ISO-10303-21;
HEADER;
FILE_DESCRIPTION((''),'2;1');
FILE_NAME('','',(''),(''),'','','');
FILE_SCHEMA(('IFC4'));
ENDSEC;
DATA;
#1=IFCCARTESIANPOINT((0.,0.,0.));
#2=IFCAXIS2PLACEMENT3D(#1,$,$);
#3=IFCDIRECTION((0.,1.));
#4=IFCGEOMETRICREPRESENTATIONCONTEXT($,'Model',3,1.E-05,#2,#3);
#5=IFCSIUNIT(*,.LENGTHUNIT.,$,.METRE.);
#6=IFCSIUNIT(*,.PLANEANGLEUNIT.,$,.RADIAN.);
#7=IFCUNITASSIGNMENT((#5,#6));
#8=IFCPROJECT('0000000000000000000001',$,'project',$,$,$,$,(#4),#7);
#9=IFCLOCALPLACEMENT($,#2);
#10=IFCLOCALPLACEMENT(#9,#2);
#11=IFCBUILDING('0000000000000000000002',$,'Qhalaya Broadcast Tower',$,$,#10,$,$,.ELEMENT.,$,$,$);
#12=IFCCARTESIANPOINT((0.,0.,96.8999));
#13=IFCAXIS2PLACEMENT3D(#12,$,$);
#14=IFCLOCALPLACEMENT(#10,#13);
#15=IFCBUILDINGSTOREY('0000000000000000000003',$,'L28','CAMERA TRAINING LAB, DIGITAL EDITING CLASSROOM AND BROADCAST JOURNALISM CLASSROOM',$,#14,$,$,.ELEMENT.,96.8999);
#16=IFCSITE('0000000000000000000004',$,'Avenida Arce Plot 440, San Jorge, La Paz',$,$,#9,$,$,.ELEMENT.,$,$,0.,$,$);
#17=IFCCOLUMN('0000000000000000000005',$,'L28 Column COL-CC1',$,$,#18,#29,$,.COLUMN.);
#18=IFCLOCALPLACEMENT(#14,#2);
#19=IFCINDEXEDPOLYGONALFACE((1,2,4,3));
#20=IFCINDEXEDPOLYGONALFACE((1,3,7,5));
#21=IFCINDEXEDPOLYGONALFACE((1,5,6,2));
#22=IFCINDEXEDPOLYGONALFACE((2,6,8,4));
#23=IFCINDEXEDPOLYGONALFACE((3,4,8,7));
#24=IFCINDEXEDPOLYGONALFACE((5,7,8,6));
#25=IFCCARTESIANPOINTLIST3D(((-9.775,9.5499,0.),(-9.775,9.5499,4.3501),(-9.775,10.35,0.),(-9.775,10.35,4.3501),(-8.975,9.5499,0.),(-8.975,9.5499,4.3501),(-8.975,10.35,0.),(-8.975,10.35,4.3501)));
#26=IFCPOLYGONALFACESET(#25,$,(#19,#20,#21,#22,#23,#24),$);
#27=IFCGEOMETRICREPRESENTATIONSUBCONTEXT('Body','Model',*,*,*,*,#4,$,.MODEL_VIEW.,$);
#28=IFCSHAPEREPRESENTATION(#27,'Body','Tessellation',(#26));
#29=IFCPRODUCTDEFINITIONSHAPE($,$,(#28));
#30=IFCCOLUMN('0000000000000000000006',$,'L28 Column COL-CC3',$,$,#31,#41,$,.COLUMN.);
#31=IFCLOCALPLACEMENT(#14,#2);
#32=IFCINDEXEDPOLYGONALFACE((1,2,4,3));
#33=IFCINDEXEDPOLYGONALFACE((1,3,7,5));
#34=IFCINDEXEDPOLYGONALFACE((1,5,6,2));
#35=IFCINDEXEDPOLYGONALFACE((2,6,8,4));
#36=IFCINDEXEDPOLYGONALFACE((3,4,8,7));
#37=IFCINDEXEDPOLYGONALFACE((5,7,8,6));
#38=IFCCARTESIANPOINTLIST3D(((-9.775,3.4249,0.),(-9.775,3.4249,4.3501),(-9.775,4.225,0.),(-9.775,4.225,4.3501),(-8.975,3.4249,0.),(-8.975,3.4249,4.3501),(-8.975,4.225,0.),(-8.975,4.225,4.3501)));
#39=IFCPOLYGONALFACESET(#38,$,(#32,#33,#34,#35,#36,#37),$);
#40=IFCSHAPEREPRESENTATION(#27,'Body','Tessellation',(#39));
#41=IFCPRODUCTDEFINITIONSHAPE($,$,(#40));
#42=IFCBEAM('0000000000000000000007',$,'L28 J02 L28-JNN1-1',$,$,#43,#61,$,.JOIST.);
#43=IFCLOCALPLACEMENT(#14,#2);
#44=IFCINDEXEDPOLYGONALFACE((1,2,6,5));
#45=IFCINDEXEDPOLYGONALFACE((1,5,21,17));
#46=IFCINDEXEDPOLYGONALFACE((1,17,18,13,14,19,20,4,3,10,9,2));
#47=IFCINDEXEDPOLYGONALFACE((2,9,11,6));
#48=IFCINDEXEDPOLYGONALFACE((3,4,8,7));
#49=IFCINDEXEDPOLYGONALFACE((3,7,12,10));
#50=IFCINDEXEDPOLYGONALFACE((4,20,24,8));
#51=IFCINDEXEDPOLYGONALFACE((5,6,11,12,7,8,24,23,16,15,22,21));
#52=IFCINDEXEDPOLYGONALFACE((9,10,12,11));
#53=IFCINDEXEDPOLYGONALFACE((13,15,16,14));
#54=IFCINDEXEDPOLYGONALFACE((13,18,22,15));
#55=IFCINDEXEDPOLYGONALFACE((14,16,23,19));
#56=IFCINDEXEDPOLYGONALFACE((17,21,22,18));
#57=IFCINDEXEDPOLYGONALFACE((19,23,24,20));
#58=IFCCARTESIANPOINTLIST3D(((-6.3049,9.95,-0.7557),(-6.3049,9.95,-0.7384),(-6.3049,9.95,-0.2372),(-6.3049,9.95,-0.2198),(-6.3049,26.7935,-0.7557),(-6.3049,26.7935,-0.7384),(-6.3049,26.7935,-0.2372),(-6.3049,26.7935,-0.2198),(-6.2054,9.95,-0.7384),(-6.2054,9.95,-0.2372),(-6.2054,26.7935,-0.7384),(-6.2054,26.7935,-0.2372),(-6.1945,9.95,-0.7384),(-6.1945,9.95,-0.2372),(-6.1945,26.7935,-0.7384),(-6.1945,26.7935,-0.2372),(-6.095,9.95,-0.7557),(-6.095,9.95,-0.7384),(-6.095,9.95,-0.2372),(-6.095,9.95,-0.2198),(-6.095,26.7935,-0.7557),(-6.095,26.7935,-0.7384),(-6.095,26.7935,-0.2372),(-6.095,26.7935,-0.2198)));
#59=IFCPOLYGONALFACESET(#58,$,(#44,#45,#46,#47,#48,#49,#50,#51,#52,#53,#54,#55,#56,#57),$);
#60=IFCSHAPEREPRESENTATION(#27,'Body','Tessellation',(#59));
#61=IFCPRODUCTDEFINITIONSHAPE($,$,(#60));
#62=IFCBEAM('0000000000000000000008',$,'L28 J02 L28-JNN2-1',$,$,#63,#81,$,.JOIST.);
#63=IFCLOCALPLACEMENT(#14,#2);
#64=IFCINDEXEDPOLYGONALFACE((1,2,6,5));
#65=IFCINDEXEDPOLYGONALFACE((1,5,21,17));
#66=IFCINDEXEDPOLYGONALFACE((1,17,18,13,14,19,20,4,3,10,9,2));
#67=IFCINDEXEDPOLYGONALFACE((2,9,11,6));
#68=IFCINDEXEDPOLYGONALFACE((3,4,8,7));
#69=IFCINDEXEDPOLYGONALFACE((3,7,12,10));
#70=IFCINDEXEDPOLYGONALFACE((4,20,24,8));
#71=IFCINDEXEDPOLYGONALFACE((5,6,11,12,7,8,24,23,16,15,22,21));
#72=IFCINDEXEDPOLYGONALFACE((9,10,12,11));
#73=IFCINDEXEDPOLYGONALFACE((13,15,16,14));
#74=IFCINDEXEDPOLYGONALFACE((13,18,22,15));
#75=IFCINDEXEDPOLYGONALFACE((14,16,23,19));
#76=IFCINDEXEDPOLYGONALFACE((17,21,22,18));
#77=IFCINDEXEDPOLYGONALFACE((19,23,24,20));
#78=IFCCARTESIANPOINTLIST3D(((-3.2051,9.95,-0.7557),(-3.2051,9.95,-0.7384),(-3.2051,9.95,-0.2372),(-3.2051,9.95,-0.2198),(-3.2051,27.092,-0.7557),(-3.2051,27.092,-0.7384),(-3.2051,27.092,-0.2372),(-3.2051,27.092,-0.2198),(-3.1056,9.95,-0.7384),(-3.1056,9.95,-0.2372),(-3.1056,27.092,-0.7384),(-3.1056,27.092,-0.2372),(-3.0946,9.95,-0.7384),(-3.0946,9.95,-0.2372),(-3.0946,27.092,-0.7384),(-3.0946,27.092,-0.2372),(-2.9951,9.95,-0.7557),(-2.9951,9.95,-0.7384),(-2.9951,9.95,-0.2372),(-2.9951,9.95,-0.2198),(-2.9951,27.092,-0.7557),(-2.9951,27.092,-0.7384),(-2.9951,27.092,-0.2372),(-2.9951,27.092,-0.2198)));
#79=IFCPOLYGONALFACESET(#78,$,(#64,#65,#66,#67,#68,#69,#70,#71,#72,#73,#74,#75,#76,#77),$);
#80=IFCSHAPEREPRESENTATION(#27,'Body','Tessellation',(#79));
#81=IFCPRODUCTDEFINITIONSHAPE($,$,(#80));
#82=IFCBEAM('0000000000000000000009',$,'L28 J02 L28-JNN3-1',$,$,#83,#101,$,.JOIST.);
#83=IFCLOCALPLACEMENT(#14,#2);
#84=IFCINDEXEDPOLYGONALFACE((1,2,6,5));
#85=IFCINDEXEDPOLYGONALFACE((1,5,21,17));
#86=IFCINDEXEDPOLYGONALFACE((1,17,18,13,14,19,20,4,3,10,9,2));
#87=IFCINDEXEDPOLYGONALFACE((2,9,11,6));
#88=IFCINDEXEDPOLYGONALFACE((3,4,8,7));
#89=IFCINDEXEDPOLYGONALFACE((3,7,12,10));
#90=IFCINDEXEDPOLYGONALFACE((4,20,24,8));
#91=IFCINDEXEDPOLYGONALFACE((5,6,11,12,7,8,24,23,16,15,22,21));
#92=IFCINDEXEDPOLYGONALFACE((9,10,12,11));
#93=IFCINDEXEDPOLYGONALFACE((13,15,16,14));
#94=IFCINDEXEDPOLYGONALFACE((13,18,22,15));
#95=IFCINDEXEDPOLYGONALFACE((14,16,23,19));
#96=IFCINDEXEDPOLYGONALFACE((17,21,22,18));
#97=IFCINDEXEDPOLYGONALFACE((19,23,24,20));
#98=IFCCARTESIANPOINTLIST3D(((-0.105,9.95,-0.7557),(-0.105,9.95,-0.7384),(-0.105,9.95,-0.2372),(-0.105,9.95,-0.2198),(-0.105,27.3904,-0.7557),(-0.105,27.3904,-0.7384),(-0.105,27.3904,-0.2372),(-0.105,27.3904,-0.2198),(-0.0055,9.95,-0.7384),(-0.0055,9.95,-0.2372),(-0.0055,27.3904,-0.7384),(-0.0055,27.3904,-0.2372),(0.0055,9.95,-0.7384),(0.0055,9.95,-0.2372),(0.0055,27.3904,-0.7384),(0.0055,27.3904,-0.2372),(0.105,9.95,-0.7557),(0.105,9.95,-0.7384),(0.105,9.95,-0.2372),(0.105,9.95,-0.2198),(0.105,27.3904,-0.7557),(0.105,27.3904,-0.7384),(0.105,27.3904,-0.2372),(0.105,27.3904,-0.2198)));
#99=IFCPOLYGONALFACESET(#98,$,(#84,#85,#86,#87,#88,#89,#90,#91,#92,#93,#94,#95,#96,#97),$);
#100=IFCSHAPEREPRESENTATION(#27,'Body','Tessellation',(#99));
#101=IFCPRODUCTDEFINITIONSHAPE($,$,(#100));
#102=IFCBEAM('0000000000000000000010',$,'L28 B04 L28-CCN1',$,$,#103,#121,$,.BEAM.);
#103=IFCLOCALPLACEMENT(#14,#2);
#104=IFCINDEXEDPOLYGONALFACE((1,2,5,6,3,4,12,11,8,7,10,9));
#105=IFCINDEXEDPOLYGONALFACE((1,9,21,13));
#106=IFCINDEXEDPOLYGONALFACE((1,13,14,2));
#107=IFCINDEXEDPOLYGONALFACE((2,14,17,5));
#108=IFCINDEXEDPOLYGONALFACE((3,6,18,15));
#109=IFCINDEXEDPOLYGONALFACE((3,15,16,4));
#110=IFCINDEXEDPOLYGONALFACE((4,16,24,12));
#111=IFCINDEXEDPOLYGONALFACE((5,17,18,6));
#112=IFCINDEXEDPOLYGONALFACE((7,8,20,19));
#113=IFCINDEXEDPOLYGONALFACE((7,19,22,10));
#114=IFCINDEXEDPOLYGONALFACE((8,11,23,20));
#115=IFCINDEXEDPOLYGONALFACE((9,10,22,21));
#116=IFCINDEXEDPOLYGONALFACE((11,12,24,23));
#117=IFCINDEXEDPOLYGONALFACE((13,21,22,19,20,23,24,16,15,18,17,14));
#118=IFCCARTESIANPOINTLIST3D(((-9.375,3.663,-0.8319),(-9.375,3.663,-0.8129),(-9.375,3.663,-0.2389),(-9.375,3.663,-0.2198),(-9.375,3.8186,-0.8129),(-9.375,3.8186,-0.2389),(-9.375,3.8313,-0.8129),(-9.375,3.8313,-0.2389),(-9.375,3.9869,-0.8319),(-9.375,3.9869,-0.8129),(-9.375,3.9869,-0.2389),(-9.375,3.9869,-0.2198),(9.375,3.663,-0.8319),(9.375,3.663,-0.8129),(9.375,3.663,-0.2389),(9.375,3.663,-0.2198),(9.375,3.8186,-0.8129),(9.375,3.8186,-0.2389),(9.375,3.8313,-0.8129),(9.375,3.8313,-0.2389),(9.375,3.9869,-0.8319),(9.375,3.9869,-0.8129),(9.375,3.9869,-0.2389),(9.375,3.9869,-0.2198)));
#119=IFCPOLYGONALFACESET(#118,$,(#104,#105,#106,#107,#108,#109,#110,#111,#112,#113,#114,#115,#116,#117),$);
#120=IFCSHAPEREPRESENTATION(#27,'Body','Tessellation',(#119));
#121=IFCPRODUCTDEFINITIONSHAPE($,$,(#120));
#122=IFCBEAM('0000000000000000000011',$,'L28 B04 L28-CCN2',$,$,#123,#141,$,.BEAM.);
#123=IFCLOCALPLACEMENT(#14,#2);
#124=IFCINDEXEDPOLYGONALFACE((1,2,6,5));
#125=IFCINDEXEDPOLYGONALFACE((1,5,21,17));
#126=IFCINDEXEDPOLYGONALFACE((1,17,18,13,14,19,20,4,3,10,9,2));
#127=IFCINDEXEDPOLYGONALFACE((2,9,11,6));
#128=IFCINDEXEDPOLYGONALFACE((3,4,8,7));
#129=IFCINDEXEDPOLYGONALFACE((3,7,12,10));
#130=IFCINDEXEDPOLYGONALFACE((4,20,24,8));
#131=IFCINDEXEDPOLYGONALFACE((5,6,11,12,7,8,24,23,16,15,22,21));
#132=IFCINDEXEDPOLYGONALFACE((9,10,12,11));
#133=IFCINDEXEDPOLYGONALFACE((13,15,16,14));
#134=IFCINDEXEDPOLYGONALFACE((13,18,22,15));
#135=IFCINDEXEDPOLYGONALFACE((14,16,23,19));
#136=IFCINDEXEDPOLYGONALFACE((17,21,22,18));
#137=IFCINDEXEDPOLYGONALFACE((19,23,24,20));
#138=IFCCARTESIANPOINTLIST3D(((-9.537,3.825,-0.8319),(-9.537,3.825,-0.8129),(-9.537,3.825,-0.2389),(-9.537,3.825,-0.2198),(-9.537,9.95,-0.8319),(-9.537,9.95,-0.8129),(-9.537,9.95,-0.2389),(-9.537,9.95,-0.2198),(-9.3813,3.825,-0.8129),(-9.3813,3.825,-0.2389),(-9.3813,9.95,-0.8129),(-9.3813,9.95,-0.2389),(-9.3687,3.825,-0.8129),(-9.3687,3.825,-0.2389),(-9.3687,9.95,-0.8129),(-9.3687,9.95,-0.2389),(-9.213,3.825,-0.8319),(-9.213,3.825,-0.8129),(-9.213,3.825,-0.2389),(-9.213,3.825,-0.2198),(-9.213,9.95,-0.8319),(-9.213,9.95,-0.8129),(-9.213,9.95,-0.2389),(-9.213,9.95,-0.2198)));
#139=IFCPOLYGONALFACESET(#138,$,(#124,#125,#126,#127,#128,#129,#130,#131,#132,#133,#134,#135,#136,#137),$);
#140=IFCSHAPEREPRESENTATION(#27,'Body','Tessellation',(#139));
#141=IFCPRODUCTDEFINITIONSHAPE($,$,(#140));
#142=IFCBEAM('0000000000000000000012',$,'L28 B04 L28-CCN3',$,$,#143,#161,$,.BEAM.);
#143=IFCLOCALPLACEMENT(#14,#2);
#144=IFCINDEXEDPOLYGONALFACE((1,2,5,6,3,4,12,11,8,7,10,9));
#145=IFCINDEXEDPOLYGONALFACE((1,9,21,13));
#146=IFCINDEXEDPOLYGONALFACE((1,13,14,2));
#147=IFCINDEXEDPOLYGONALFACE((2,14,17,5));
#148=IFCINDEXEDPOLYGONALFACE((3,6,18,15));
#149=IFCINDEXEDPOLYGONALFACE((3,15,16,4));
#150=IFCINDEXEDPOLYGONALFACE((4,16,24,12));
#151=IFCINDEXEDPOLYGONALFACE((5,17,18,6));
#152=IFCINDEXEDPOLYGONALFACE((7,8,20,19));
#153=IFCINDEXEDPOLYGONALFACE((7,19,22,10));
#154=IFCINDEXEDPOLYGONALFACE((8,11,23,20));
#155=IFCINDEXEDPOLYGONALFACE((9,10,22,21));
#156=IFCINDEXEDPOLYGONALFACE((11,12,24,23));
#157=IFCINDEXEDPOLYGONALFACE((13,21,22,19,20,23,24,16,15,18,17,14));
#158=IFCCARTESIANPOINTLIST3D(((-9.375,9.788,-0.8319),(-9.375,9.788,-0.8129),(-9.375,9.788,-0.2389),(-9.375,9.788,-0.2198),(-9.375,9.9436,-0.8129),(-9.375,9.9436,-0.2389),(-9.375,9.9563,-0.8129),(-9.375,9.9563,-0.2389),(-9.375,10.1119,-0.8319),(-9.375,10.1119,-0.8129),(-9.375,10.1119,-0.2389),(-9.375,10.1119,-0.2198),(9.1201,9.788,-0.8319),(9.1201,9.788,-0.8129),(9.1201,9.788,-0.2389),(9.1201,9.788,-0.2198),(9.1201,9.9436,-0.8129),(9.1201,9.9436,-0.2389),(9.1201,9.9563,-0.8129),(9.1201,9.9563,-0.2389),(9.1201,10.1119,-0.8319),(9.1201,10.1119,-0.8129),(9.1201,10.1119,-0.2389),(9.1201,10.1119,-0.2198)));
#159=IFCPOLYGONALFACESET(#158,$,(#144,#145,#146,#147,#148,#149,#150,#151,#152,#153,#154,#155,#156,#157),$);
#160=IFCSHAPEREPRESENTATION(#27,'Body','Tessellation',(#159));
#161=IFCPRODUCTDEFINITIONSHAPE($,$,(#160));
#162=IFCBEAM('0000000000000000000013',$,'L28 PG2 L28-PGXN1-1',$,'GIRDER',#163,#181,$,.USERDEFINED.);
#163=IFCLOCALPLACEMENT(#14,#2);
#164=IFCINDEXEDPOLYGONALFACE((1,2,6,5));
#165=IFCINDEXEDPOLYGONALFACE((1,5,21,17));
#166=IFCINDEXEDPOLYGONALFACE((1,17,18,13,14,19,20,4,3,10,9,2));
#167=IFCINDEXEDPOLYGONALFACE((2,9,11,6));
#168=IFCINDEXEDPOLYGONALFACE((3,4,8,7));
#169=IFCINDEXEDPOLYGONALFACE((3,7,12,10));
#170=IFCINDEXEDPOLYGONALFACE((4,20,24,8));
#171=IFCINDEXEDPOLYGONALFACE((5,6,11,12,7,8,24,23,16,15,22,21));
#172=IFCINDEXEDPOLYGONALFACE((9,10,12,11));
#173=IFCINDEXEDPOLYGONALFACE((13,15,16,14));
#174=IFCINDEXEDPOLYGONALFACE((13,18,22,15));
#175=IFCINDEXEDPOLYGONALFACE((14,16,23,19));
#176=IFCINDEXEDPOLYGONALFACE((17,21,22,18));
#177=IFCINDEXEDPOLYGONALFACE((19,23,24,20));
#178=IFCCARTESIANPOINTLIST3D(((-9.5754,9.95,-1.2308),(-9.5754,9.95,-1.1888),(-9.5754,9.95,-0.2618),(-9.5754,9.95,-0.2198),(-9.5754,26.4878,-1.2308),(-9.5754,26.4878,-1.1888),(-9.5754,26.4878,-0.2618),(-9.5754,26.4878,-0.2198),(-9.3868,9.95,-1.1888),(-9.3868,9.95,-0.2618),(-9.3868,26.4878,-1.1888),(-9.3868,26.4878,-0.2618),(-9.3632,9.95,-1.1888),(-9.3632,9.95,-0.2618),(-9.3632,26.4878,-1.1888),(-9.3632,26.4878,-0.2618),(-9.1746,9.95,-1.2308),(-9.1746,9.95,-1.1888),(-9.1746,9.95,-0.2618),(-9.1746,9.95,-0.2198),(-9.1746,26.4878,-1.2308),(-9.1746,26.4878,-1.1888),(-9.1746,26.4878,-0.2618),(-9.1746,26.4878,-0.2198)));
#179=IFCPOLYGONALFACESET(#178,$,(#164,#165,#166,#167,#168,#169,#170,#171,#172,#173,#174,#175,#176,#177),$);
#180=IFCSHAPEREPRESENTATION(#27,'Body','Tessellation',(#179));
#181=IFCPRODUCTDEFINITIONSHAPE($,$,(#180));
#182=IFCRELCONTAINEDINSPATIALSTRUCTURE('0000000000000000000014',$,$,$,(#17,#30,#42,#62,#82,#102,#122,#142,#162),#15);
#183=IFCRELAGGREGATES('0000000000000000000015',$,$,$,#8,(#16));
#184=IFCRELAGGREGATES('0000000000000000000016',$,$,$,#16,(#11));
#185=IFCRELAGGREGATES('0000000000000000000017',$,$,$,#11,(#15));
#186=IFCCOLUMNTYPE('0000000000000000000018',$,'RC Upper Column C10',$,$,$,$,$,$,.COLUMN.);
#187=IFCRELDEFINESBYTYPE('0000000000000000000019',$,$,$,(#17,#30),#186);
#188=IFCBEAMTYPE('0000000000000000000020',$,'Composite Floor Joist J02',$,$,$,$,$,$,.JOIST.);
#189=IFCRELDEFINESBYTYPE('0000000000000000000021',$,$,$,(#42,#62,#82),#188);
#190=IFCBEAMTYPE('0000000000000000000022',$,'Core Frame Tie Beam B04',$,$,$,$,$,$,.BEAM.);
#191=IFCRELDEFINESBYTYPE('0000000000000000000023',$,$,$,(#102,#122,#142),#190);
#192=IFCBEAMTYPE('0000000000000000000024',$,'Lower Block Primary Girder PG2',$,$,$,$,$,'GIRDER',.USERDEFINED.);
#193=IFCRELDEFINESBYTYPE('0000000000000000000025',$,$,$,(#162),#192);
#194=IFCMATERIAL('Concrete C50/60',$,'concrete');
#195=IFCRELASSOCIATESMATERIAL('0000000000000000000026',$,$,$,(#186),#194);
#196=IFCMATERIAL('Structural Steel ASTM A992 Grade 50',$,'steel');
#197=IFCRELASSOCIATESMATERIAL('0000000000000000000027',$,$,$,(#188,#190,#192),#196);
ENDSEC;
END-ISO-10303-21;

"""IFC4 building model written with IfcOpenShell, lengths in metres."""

from ifc_helpers import new_model, si_unit, direction, frame, origin, origin_2d, place, context, subcontext, project, spatial, rectangle, i_section, extrude, material, material_profile, profile_set, type_object, element, save


model = new_model("IFC4")

# Units and contexts
model_context = context("Model", 3, precision=1e-05, world=origin(), true_north=direction((0.0, 1.0)))
body_context = subcontext(model_context, "Body", "Model", "MODEL_VIEW")
ifc_project = project(units=[si_unit("LENGTHUNIT", "METRE"), si_unit("PLANEANGLEUNIT", "RADIAN")], contexts=[model_context])

# Site, building, storey
site_placement = place(None, origin())
site = spatial("IfcSite", under=ifc_project, at=site_placement, Name="Avenida Arce Plot 440, San Jorge, La Paz", CompositionType="ELEMENT", RefElevation=0.0)
building_placement = place(site_placement, origin())
building = spatial("IfcBuilding", under=site, at=building_placement, Name="Qhalaya Broadcast Tower", CompositionType="ELEMENT")
storey_placement = place(building_placement, frame((0.0, 0.0, 96.8999)))
storey = spatial("IfcBuildingStorey", under=building, at=storey_placement, Name="L28", Description="CAMERA TRAINING LAB, DIGITAL EDITING CLASSROOM AND BROADCAST JOURNALISM CLASSROOM", CompositionType="ELEMENT", Elevation=96.8999)

# Columns
ifc_material_1 = material(Name="Concrete C50/60", Category="concrete")
ifc_material_profile_1 = material_profile(ifc_material_1, rectangle(XDim=0.8, YDim=0.8, at=origin_2d()), Name="RC-COL 800x800")
ifc_profile_set_1 = profile_set([ifc_material_profile_1], Name="Concrete C50/60")
column_type = type_object("IfcColumnType", Name="RC Upper Column C10", PredefinedType="COLUMN", material=ifc_profile_set_1)
for number, where, z_axis, x_axis, name in (
    (1, (-9.375, 9.95, 0.0), (0.0, 0.0, 1.0), (1.0, 0.0, 0.0), "L28 Column COL-CC1"),
    (2, (-9.375, 3.825, 0.0), (0.0, 0.0, 1.0), (1.0, 0.0, 0.0), "L28 Column COL-CC3"),
):
    element("IfcColumn", number, at=place(storey_placement, frame(where, z_axis=z_axis, x_axis=x_axis)), inside=storey, type_object=column_type, Name=name, PredefinedType="COLUMN", context=body_context, shape_type="SweptSolid", body=[
        extrude(rectangle(XDim=0.8, YDim=0.8, at=origin_2d()), origin(), (0.0, 0.0, 1.0), 4.3501),
    ])

# Beams
ifc_material_2 = material(Name="Structural Steel ASTM A992 Grade 50", Category="steel")
ifc_material_profile_2 = material_profile(ifc_material_2, i_section(OverallWidth=0.21, OverallDepth=0.5359, WebThickness=0.011, FlangeThickness=0.0173, at=origin_2d()), Name="W21X68")
ifc_profile_set_2 = profile_set([ifc_material_profile_2], Name="Structural Steel ASTM A992 Grade 50")
beam_type_1 = type_object("IfcBeamType", Name="Composite Floor Joist J02", PredefinedType="JOIST", material=ifc_profile_set_2)
beam_1_placement = place(storey_placement, frame((-6.2, 9.95, -0.4878), z_axis=(0.0, 1.0, 0.0), x_axis=(-1.0, 0.0, 0.0)))
element("IfcBeam", 3, at=beam_1_placement, inside=storey, type_object=beam_type_1, Name="L28 J02 L28-JNN1-1", PredefinedType="JOIST", context=body_context, shape_type="SweptSolid", body=[
    extrude(i_section(OverallWidth=0.21, OverallDepth=0.5359, WebThickness=0.011, FlangeThickness=0.0173, at=origin_2d()), origin(), (0.0, 0.0, 1.0), 16.8435),
])
beam_2_placement = place(storey_placement, frame((-3.1001, 9.95, -0.4878), z_axis=(0.0, 1.0, 0.0), x_axis=(-1.0, 0.0, 0.0)))
element("IfcBeam", 4, at=beam_2_placement, inside=storey, type_object=beam_type_1, Name="L28 J02 L28-JNN2-1", PredefinedType="JOIST", context=body_context, shape_type="SweptSolid", body=[
    extrude(i_section(OverallWidth=0.21, OverallDepth=0.5359, WebThickness=0.011, FlangeThickness=0.0173, at=origin_2d()), origin(), (0.0, 0.0, 1.0), 17.1421),
])
beam_3_placement = place(storey_placement, frame((0.0, 9.95, -0.4878), z_axis=(0.0, 1.0, 0.0), x_axis=(-1.0, 0.0, 0.0)))
element("IfcBeam", 5, at=beam_3_placement, inside=storey, type_object=beam_type_1, Name="L28 J02 L28-JNN3-1", PredefinedType="JOIST", context=body_context, shape_type="SweptSolid", body=[
    extrude(i_section(OverallWidth=0.21, OverallDepth=0.5359, WebThickness=0.011, FlangeThickness=0.0173, at=origin_2d()), origin(), (0.0, 0.0, 1.0), 17.4404),
])
ifc_material_profile_3 = material_profile(ifc_material_2, i_section(OverallWidth=0.324, OverallDepth=0.6121, WebThickness=0.0127, FlangeThickness=0.019, at=origin_2d()), Name="W24X104")
ifc_profile_set_3 = profile_set([ifc_material_profile_3], Name="Structural Steel ASTM A992 Grade 50")
beam_type_2 = type_object("IfcBeamType", Name="Core Frame Tie Beam B04", PredefinedType="BEAM", material=ifc_profile_set_3)
beam_4_placement = place(storey_placement, frame((-9.375, 3.825, -0.5259), z_axis=(1.0, 0.0, 0.0), x_axis=(0.0, 1.0, 0.0)))
element("IfcBeam", 6, at=beam_4_placement, inside=storey, type_object=beam_type_2, Name="L28 B04 L28-CCN1", PredefinedType="BEAM", context=body_context, shape_type="SweptSolid", body=[
    extrude(i_section(OverallWidth=0.324, OverallDepth=0.6121, WebThickness=0.0127, FlangeThickness=0.019, at=origin_2d()), origin(), (0.0, 0.0, 1.0), 18.75),
])
beam_5_placement = place(storey_placement, frame((-9.375, 3.825, -0.5259), z_axis=(0.0, 1.0, 0.0), x_axis=(-1.0, 0.0, 0.0)))
element("IfcBeam", 7, at=beam_5_placement, inside=storey, type_object=beam_type_2, Name="L28 B04 L28-CCN2", PredefinedType="BEAM", context=body_context, shape_type="SweptSolid", body=[
    extrude(i_section(OverallWidth=0.324, OverallDepth=0.6121, WebThickness=0.0127, FlangeThickness=0.019, at=origin_2d()), origin(), (0.0, 0.0, 1.0), 6.125),
])
beam_6_placement = place(storey_placement, frame((-9.375, 9.95, -0.5259), z_axis=(1.0, 0.0, 0.0), x_axis=(0.0, 1.0, 0.0)))
element("IfcBeam", 8, at=beam_6_placement, inside=storey, type_object=beam_type_2, Name="L28 B04 L28-CCN3", PredefinedType="BEAM", context=body_context, shape_type="SweptSolid", body=[
    extrude(i_section(OverallWidth=0.324, OverallDepth=0.6121, WebThickness=0.0127, FlangeThickness=0.019, at=origin_2d()), origin(), (0.0, 0.0, 1.0), 18.4951),
])
ifc_material_profile_4 = material_profile(ifc_material_2, i_section(OverallWidth=0.4009, OverallDepth=1.011, WebThickness=0.0237, FlangeThickness=0.042, at=origin_2d()), Name="W40X297")
ifc_profile_set_4 = profile_set([ifc_material_profile_4], Name="Structural Steel ASTM A992 Grade 50")
beam_type_3 = type_object("IfcBeamType", Name="Lower Block Primary Girder PG2", ElementType="GIRDER", PredefinedType="USERDEFINED", material=ifc_profile_set_4)
beam_7_placement = place(storey_placement, frame((-9.375, 9.95, -0.7253), z_axis=(0.0, 1.0, 0.0), x_axis=(-1.0, 0.0, 0.0)))
element("IfcBeam", 9, at=beam_7_placement, inside=storey, type_object=beam_type_3, Name="L28 PG2 L28-PGXN1-1", ObjectType="GIRDER", PredefinedType="USERDEFINED", context=body_context, shape_type="SweptSolid", body=[
    extrude(i_section(OverallWidth=0.4009, OverallDepth=1.011, WebThickness=0.0237, FlangeThickness=0.042, at=origin_2d()), origin(), (0.0, 0.0, 1.0), 16.5378),
])

save(model, "model.ifc")
